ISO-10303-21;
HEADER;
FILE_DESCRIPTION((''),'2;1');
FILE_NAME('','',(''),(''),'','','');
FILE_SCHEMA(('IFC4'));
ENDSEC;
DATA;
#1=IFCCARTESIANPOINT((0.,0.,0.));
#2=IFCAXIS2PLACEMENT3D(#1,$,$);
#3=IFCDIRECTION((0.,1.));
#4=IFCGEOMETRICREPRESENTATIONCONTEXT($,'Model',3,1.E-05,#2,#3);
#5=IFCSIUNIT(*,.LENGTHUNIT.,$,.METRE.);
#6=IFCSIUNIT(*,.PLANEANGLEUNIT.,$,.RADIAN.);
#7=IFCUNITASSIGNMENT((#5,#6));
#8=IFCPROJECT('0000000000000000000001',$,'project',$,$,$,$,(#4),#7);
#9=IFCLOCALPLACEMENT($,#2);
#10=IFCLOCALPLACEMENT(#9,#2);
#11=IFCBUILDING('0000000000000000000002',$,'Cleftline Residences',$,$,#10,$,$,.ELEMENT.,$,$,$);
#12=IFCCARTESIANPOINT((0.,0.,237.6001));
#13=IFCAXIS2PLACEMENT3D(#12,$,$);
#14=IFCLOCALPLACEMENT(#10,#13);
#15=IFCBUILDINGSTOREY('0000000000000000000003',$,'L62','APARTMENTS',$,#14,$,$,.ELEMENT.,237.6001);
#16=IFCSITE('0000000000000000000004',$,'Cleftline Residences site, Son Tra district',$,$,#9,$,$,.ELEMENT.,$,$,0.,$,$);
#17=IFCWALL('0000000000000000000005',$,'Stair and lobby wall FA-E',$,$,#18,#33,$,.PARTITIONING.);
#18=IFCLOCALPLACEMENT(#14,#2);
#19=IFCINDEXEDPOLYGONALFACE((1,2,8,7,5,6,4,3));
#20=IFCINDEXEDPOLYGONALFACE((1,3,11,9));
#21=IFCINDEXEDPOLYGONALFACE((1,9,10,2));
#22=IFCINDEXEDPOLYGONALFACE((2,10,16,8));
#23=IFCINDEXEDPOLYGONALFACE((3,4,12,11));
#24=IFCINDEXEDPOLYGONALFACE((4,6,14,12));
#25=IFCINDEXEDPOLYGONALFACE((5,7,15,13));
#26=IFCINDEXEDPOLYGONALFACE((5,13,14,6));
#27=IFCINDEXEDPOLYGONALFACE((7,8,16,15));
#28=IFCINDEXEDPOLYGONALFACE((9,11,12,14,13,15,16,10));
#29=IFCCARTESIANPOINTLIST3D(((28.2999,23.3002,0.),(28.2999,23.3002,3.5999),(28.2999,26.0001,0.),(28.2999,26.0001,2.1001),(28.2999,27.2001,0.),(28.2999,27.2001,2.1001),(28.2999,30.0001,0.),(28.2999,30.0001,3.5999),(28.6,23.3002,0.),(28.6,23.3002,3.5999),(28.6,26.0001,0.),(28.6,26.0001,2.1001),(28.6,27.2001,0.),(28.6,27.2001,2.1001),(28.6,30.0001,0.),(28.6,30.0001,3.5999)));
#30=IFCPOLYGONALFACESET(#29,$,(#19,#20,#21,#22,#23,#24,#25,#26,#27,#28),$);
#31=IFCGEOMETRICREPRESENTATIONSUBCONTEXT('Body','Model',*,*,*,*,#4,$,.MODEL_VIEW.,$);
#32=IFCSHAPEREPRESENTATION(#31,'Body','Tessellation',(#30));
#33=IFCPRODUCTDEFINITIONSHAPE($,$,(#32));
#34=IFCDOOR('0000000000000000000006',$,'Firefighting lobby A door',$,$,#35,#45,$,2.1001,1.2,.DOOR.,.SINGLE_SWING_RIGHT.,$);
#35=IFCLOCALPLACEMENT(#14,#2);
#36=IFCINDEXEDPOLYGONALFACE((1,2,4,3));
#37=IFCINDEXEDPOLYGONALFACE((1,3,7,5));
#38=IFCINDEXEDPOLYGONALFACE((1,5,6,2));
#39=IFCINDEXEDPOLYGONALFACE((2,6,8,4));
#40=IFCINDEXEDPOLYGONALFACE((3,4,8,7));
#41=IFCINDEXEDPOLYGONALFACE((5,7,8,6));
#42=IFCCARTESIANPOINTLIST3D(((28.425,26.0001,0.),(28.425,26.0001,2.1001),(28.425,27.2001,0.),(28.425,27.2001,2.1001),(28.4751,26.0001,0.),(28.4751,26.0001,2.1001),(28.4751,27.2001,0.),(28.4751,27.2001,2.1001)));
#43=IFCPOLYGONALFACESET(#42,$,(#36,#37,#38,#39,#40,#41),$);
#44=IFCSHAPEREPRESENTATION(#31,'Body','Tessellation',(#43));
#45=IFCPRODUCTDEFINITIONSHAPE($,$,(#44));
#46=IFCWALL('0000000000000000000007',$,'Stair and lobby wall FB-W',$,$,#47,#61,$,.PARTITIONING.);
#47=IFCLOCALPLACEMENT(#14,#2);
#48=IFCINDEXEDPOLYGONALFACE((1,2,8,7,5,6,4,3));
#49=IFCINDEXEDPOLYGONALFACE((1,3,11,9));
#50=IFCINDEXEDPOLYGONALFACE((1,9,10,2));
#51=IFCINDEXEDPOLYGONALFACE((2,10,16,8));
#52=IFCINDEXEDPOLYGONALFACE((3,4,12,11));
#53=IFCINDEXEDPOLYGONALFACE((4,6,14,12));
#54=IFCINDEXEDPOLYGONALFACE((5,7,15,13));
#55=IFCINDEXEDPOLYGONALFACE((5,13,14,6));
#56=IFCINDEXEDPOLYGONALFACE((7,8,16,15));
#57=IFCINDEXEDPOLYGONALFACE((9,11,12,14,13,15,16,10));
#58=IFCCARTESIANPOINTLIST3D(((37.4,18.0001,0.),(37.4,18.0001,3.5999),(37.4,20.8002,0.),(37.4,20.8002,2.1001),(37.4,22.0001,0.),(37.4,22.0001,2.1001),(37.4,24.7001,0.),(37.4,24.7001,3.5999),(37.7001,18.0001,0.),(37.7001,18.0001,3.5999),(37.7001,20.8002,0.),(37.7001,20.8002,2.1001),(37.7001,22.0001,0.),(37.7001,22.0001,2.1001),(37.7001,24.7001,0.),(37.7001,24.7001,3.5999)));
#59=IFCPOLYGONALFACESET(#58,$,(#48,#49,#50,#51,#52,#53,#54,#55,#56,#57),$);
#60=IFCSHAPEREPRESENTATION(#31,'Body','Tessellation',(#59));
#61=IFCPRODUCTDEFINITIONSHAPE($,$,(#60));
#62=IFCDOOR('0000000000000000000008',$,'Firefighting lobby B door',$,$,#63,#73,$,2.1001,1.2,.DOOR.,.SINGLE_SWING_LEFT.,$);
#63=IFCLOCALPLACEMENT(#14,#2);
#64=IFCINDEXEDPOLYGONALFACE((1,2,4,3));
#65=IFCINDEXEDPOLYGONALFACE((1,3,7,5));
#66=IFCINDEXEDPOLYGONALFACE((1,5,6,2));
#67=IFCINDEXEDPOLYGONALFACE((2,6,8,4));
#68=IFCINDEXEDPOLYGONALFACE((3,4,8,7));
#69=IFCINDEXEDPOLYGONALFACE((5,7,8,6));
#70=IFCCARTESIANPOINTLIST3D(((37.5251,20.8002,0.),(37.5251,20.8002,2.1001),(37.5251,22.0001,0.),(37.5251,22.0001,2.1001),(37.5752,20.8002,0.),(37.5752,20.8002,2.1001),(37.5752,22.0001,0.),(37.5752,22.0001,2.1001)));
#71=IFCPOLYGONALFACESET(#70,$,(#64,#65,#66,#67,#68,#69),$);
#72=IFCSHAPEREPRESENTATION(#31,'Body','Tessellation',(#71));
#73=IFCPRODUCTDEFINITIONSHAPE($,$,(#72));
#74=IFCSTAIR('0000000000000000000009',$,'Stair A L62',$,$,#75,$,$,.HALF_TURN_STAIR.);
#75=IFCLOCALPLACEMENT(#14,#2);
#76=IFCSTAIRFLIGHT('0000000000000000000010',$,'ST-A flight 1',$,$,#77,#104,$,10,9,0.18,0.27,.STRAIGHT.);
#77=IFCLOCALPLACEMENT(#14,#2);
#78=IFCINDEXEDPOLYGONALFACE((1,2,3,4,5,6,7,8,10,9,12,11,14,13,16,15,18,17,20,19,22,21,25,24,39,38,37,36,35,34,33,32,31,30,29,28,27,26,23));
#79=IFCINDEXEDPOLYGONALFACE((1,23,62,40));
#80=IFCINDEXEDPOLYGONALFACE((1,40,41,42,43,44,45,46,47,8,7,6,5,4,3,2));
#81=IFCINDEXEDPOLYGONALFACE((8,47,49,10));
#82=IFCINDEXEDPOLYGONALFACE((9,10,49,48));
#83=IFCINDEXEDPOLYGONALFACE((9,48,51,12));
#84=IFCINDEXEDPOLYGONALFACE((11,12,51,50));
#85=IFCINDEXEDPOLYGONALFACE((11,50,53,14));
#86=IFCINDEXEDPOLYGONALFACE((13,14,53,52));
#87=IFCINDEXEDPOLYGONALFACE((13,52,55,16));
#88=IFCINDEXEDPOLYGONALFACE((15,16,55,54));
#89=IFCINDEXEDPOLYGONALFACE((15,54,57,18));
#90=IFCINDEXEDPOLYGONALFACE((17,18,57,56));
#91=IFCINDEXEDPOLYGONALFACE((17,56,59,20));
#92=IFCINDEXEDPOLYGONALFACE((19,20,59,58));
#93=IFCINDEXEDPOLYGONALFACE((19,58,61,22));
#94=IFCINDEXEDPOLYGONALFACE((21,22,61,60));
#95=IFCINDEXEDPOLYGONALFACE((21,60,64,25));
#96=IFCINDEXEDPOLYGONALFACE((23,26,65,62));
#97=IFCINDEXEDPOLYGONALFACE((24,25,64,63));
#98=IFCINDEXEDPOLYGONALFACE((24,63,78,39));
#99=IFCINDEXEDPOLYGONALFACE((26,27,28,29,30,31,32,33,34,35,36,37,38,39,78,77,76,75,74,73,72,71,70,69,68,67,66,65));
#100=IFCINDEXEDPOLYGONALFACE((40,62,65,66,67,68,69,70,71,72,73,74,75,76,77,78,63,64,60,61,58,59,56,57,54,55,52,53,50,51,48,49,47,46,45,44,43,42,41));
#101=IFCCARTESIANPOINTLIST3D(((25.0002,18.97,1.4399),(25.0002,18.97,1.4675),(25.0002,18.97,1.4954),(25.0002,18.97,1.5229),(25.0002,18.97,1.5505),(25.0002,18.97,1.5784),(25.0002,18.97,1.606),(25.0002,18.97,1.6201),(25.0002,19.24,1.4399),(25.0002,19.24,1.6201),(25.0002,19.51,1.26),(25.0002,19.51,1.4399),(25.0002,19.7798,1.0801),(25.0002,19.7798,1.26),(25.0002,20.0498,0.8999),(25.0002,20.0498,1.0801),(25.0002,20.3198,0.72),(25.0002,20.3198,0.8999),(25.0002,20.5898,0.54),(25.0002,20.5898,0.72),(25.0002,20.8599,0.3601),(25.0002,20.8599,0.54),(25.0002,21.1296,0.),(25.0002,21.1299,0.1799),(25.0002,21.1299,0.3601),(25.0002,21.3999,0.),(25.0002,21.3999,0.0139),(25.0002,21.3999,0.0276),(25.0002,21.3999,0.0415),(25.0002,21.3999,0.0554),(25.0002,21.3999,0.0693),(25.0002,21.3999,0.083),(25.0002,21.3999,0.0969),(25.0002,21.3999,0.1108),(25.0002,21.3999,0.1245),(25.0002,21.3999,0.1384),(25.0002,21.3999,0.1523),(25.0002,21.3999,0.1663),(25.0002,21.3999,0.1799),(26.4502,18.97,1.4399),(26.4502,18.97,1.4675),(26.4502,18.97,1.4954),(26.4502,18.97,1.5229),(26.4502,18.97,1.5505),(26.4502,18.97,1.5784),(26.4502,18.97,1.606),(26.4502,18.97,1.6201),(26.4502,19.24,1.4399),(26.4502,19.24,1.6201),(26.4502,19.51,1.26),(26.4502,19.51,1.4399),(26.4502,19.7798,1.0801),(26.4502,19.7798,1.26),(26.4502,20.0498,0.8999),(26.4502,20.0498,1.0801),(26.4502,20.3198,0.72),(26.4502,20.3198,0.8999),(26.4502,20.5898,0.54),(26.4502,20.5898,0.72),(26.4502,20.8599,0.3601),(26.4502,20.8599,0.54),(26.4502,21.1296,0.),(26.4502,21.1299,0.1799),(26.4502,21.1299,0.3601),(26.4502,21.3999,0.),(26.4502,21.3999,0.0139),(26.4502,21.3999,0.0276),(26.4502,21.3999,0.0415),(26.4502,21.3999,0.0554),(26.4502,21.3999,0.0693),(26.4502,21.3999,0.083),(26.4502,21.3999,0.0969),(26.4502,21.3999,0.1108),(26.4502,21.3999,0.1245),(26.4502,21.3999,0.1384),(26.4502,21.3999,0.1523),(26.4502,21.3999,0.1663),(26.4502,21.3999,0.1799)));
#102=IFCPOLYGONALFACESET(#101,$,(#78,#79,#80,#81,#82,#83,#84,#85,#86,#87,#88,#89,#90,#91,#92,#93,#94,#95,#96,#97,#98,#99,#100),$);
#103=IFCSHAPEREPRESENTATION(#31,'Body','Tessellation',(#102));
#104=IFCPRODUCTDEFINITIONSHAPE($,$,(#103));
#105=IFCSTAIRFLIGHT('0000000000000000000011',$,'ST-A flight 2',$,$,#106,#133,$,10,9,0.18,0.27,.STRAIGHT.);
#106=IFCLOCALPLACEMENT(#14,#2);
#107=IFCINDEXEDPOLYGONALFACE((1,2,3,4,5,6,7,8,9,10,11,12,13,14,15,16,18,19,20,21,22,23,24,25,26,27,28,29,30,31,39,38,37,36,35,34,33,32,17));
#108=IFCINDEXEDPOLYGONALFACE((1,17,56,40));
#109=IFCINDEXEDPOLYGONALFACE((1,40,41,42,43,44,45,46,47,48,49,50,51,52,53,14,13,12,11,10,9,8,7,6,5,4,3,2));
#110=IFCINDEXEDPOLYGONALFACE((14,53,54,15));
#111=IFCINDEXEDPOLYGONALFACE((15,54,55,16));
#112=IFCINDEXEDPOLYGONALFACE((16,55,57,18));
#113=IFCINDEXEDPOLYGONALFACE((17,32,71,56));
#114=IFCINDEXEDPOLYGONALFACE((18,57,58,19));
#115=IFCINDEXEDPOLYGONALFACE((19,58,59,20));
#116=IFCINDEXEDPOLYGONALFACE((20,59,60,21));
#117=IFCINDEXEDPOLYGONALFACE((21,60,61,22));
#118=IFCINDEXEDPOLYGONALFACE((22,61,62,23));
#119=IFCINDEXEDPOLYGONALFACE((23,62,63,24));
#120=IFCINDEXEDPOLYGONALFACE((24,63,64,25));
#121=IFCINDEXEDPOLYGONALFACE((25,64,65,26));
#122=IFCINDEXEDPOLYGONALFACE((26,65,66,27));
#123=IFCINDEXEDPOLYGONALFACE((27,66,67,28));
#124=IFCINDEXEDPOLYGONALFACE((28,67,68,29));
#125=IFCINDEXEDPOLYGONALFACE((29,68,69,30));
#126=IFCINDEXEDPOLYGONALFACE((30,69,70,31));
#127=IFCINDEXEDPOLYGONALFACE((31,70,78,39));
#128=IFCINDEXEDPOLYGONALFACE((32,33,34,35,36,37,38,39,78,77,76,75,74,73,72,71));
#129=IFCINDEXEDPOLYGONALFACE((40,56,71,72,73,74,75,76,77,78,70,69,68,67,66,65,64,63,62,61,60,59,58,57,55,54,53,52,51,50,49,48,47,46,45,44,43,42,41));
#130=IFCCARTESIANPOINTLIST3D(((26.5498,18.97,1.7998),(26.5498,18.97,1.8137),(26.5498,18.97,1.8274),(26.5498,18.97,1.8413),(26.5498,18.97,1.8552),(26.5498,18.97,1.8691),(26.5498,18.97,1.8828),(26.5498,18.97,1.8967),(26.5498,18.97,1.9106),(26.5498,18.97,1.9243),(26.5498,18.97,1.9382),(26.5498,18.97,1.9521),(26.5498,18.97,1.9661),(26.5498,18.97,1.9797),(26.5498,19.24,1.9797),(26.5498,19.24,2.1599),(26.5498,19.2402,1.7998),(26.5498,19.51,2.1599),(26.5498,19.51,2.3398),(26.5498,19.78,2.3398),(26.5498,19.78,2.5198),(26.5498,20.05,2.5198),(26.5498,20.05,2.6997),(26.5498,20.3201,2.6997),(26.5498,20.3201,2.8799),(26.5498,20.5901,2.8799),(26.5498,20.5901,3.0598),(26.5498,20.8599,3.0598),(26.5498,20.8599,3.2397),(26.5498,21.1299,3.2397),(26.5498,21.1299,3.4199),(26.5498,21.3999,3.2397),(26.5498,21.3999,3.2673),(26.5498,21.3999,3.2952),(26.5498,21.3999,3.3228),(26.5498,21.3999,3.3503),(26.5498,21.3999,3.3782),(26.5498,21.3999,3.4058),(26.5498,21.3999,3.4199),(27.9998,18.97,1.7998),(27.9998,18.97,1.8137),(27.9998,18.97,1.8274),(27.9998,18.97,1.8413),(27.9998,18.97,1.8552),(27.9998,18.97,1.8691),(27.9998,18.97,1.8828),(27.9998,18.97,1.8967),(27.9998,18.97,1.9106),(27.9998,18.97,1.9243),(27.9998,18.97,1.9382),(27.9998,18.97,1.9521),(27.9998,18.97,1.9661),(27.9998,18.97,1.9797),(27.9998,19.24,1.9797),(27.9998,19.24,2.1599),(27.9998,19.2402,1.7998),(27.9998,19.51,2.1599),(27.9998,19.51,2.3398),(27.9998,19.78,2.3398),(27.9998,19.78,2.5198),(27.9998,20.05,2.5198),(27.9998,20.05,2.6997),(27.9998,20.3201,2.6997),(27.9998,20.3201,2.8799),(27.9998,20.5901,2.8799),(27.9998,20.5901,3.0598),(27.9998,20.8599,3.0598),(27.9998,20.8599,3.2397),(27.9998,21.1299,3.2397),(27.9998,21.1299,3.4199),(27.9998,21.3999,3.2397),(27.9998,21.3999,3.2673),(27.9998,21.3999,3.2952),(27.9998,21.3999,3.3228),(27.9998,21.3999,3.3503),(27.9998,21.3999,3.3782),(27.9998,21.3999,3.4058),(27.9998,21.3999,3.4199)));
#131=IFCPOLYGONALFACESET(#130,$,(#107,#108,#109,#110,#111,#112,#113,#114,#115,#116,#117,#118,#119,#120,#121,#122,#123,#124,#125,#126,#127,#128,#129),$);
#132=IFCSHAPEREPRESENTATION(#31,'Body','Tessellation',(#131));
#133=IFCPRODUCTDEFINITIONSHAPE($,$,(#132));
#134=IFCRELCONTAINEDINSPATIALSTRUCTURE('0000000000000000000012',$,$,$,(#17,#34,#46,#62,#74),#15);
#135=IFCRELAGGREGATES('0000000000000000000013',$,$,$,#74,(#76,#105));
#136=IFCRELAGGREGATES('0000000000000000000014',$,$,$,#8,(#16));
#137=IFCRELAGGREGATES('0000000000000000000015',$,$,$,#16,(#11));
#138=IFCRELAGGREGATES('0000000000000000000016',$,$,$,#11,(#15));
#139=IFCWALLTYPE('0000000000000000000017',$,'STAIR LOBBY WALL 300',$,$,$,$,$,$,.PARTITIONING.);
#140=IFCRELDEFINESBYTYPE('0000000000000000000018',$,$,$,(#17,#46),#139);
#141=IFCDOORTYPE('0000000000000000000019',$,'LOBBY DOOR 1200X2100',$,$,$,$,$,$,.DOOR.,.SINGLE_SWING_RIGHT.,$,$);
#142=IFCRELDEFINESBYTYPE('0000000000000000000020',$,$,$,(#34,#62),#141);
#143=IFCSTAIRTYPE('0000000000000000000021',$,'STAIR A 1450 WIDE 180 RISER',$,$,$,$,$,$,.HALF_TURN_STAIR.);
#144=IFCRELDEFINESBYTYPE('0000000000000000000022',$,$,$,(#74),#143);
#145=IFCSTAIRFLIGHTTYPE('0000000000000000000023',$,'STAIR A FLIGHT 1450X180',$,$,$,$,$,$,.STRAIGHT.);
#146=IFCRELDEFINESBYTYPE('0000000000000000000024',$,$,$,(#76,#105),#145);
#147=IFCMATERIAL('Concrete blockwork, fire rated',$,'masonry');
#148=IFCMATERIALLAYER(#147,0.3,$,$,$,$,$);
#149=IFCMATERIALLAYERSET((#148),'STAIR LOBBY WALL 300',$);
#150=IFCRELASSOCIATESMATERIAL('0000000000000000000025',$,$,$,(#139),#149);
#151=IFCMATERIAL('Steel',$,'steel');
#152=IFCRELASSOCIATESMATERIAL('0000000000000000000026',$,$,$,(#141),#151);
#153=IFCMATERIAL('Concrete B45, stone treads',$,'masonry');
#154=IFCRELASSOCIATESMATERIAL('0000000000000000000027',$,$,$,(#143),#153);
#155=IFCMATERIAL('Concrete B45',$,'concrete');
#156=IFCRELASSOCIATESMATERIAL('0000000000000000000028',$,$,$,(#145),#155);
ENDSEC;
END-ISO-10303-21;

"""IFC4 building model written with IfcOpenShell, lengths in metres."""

from ifc_helpers import new_model, si_unit, direction, frame, frame_2d, origin, place, context, subcontext, project, spatial, polyline, rectangle, outline, extrude, material, layer, layer_set, type_object, element, fill, aggregate, save


model = new_model("IFC4")

# Units and contexts
model_context = context("Model", 3, precision=1e-05, world=origin(), true_north=direction((0.0, 1.0)))
body_context = subcontext(model_context, "Body", "Model", "MODEL_VIEW")
ifc_project = project(units=[si_unit("LENGTHUNIT", "METRE"), si_unit("PLANEANGLEUNIT", "RADIAN")], contexts=[model_context])

# Site, building, storey
site_placement = place(None, origin())
site = spatial("IfcSite", under=ifc_project, at=site_placement, Name="Cleftline Residences site, Son Tra district", CompositionType="ELEMENT", RefElevation=0.0)
building_placement = place(site_placement, origin())
building = spatial("IfcBuilding", under=site, at=building_placement, Name="Cleftline Residences", CompositionType="ELEMENT")
storey_placement = place(building_placement, frame((0.0, 0.0, 237.6001)))
storey = spatial("IfcBuildingStorey", under=building, at=storey_placement, Name="L62", Description="APARTMENTS", CompositionType="ELEMENT", Elevation=237.6001)

# Walls, openings, doors
ifc_material_1 = material(Name="Concrete blockwork, fire rated", Category="masonry")
ifc_layer_1 = layer(ifc_material_1, 0.3)
ifc_layer_set_1 = layer_set([ifc_layer_1], Name="STAIR LOBBY WALL 300")
wall_type_1 = type_object("IfcWallType", Name="STAIR LOBBY WALL 300", PredefinedType="PARTITIONING", material=ifc_layer_set_1)
wall_1_placement = place(storey_placement, frame((28.45, 23.3, 0.0), z_axis=(0.0, 0.0, 1.0), x_axis=(0.0, 1.0, 0.0)))
wall_1 = element("IfcWall", 1, at=wall_1_placement, inside=storey, type_object=wall_type_1, Name="Stair and lobby wall FA-E", PredefinedType="PARTITIONING", context=body_context, shape_type="SweptSolid", body=[
    extrude(rectangle(XDim=6.7, YDim=0.3, at=frame_2d((3.3501, 0.0))), origin(), (0.0, 0.0, 1.0), 3.5999),
])
opening_1_placement = place(wall_1_placement, frame((2.7, 0.0, 0.0)))
opening_1 = element("IfcOpeningElement", 2, at=opening_1_placement, cuts=wall_1, PredefinedType="OPENING", context=body_context, shape_type="SweptSolid", body=[
    extrude(rectangle(XDim=1.2, YDim=2.1001, at=frame_2d((0.6001, 1.05))), frame((0.0, 0.1599, 0.0), z_axis=(0.0, -1.0, 0.0), x_axis=(1.0, 0.0, 0.0)), (0.0, 0.0, 1.0), 0.3201),
])
ifc_material_2 = material(Name="Steel", Category="steel")
door_type_1 = type_object("IfcDoorType", Name="LOBBY DOOR 1200X2100", OperationType="SINGLE_SWING_RIGHT", PredefinedType="DOOR", material=ifc_material_2)
door_1_placement = place(opening_1_placement, origin())
door_1 = element("IfcDoor", 3, at=door_1_placement, inside=storey, type_object=door_type_1, Name="Firefighting lobby A door", OperationType="SINGLE_SWING_RIGHT", OverallHeight=2.1001, OverallWidth=1.2, PredefinedType="DOOR", context=body_context, shape_type="SweptSolid", body=[
    extrude(rectangle(XDim=1.2, YDim=2.1001, at=frame_2d((0.6001, 1.05))), frame((0.0, 0.0249, 0.0), z_axis=(0.0, -1.0, 0.0), x_axis=(1.0, 0.0, 0.0)), (0.0, 0.0, 1.0), 0.05),
])
fill(opening_1, door_1)
wall_2_placement = place(storey_placement, frame((37.55, 18.0, 0.0), z_axis=(0.0, 0.0, 1.0), x_axis=(0.0, 1.0, 0.0)))
wall_2 = element("IfcWall", 4, at=wall_2_placement, inside=storey, type_object=wall_type_1, Name="Stair and lobby wall FB-W", PredefinedType="PARTITIONING", context=body_context, shape_type="SweptSolid", body=[
    extrude(rectangle(XDim=6.7, YDim=0.3, at=frame_2d((3.3501, 0.0))), origin(), (0.0, 0.0, 1.0), 3.5999),
])
opening_2_placement = place(wall_2_placement, frame((2.8, 0.0, 0.0)))
opening_2 = element("IfcOpeningElement", 5, at=opening_2_placement, cuts=wall_2, PredefinedType="OPENING", context=body_context, shape_type="SweptSolid", body=[
    extrude(rectangle(XDim=1.2, YDim=2.1001, at=frame_2d((0.6001, 1.05))), frame((0.0, 0.1599, 0.0), z_axis=(0.0, -1.0, 0.0), x_axis=(1.0, 0.0, 0.0)), (0.0, 0.0, 1.0), 0.3201),
])
door_2_placement = place(opening_2_placement, origin())
door_2 = element("IfcDoor", 6, at=door_2_placement, inside=storey, type_object=door_type_1, Name="Firefighting lobby B door", OperationType="SINGLE_SWING_LEFT", OverallHeight=2.1001, OverallWidth=1.2, PredefinedType="DOOR", context=body_context, shape_type="SweptSolid", body=[
    extrude(rectangle(XDim=1.2, YDim=2.1001, at=frame_2d((0.6001, 1.05))), frame((0.0, 0.0249, 0.0), z_axis=(0.0, -1.0, 0.0), x_axis=(1.0, 0.0, 0.0)), (0.0, 0.0, 1.0), 0.05),
])
fill(opening_2, door_2)

# Stair, stair flights
ifc_material_3 = material(Name="Concrete B45, stone treads", Category="masonry")
stair_type = type_object("IfcStairType", Name="STAIR A 1450 WIDE 180 RISER", PredefinedType="HALF_TURN_STAIR", material=ifc_material_3)
stair_placement = place(storey_placement, origin())
stair = element("IfcStair", 7, at=stair_placement, inside=storey, type_object=stair_type, Name="Stair A L62", PredefinedType="HALF_TURN_STAIR")
ifc_material_4 = material(Name="Concrete B45", Category="concrete")
stair_flight_type = type_object("IfcStairFlightType", Name="STAIR A FLIGHT 1450X180", PredefinedType="STRAIGHT", material=ifc_material_4)
stair_flight_1_placement = place(storey_placement, frame((25.7251, 21.3999, 0.0), z_axis=(0.0, 0.0, 1.0), x_axis=(0.0, -1.0, 0.0)))
stair_flight_1 = element("IfcStairFlight", 8, at=stair_flight_1_placement, type_object=stair_flight_type, Name="ST-A flight 1", NumberOfRisers=10, NumberOfTreads=9, PredefinedType="STRAIGHT", RiserHeight=0.18, TreadLength=0.27, context=body_context, shape_type="SweptSolid", body=[
    extrude(outline(polyline([(0.0, 0.0), (0.0, 0.0139), (0.0, 0.0276), (0.0, 0.0415), (0.0, 0.0554), (0.0, 0.0693), (0.0, 0.083), (0.0, 0.0969), (0.0, 0.1108), (0.0, 0.1245), (0.0, 0.1384), (0.0, 0.1523), (0.0, 0.1663), (0.0, 0.1799), (0.27, 0.1799), (0.27, 0.3601), (0.54, 0.3601), (0.54, 0.54), (0.8101, 0.54), (0.8101, 0.72), (1.0801, 0.72), (1.0801, 0.8999), (1.3501, 0.8999), (1.3501, 1.0801), (1.6201, 1.0801), (1.6201, 1.26), (1.8899, 1.26), (1.8899, 1.4399), (2.1599, 1.4399), (2.1599, 1.6201), (2.4299, 1.6201), (2.4299, 1.8), (2.4299, 1.7722), (2.4299, 1.7446), (2.4299, 1.7168), (2.4299, 1.6892), (2.4299, 1.6614), (2.4299, 1.6338), (2.4299, 1.606), (2.4299, 1.5784), (2.4299, 1.5505), (2.4299, 1.5229), (2.4299, 1.4954), (2.4299, 1.4675), (2.4299, 1.4399), (0.2703, 0.0), (0.0, 0.0)])), frame((0.0, 0.7251, 0.0), z_axis=(0.0, -1.0, 0.0), x_axis=(1.0, 0.0, 0.0)), (0.0, 0.0, 1.0), 1.45),
])
stair_flight_2_placement = place(storey_placement, frame((27.2749, 18.97, 1.7998), z_axis=(0.0, 0.0, 1.0), x_axis=(0.0, 1.0, 0.0)))
stair_flight_2 = element("IfcStairFlight", 9, at=stair_flight_2_placement, type_object=stair_flight_type, Name="ST-A flight 2", NumberOfRisers=10, NumberOfTreads=9, PredefinedType="STRAIGHT", RiserHeight=0.18, TreadLength=0.27, context=body_context, shape_type="SweptSolid", body=[
    extrude(outline(polyline([(0.0, 0.0), (0.0, 0.0139), (0.0, 0.0276), (0.0, 0.0415), (0.0, 0.0554), (0.0, 0.0693), (0.0, 0.083), (0.0, 0.0969), (0.0, 0.1108), (0.0, 0.1245), (0.0, 0.1384), (0.0, 0.1523), (0.0, 0.1663), (0.0, 0.1799), (0.27, 0.1799), (0.27, 0.3601), (0.54, 0.3601), (0.54, 0.54), (0.8101, 0.54), (0.8101, 0.72), (1.0801, 0.72), (1.0801, 0.8999), (1.3501, 0.8999), (1.3501, 1.0801), (1.6201, 1.0801), (1.6201, 1.26), (1.8899, 1.26), (1.8899, 1.4399), (2.1599, 1.4399), (2.1599, 1.6201), (2.4299, 1.6201), (2.4299, 1.8), (2.4299, 1.7722), (2.4299, 1.7446), (2.4299, 1.7168), (2.4299, 1.6892), (2.4299, 1.6614), (2.4299, 1.6338), (2.4299, 1.606), (2.4299, 1.5784), (2.4299, 1.5505), (2.4299, 1.5229), (2.4299, 1.4954), (2.4299, 1.4675), (2.4299, 1.4399), (0.2703, 0.0), (0.0, 0.0)])), frame((0.0, 0.7251, 0.0), z_axis=(0.0, -1.0, 0.0), x_axis=(1.0, 0.0, 0.0)), (0.0, 0.0, 1.0), 1.45),
])
aggregate(stair, [stair_flight_1, stair_flight_2])

save(model, "model.ifc")
